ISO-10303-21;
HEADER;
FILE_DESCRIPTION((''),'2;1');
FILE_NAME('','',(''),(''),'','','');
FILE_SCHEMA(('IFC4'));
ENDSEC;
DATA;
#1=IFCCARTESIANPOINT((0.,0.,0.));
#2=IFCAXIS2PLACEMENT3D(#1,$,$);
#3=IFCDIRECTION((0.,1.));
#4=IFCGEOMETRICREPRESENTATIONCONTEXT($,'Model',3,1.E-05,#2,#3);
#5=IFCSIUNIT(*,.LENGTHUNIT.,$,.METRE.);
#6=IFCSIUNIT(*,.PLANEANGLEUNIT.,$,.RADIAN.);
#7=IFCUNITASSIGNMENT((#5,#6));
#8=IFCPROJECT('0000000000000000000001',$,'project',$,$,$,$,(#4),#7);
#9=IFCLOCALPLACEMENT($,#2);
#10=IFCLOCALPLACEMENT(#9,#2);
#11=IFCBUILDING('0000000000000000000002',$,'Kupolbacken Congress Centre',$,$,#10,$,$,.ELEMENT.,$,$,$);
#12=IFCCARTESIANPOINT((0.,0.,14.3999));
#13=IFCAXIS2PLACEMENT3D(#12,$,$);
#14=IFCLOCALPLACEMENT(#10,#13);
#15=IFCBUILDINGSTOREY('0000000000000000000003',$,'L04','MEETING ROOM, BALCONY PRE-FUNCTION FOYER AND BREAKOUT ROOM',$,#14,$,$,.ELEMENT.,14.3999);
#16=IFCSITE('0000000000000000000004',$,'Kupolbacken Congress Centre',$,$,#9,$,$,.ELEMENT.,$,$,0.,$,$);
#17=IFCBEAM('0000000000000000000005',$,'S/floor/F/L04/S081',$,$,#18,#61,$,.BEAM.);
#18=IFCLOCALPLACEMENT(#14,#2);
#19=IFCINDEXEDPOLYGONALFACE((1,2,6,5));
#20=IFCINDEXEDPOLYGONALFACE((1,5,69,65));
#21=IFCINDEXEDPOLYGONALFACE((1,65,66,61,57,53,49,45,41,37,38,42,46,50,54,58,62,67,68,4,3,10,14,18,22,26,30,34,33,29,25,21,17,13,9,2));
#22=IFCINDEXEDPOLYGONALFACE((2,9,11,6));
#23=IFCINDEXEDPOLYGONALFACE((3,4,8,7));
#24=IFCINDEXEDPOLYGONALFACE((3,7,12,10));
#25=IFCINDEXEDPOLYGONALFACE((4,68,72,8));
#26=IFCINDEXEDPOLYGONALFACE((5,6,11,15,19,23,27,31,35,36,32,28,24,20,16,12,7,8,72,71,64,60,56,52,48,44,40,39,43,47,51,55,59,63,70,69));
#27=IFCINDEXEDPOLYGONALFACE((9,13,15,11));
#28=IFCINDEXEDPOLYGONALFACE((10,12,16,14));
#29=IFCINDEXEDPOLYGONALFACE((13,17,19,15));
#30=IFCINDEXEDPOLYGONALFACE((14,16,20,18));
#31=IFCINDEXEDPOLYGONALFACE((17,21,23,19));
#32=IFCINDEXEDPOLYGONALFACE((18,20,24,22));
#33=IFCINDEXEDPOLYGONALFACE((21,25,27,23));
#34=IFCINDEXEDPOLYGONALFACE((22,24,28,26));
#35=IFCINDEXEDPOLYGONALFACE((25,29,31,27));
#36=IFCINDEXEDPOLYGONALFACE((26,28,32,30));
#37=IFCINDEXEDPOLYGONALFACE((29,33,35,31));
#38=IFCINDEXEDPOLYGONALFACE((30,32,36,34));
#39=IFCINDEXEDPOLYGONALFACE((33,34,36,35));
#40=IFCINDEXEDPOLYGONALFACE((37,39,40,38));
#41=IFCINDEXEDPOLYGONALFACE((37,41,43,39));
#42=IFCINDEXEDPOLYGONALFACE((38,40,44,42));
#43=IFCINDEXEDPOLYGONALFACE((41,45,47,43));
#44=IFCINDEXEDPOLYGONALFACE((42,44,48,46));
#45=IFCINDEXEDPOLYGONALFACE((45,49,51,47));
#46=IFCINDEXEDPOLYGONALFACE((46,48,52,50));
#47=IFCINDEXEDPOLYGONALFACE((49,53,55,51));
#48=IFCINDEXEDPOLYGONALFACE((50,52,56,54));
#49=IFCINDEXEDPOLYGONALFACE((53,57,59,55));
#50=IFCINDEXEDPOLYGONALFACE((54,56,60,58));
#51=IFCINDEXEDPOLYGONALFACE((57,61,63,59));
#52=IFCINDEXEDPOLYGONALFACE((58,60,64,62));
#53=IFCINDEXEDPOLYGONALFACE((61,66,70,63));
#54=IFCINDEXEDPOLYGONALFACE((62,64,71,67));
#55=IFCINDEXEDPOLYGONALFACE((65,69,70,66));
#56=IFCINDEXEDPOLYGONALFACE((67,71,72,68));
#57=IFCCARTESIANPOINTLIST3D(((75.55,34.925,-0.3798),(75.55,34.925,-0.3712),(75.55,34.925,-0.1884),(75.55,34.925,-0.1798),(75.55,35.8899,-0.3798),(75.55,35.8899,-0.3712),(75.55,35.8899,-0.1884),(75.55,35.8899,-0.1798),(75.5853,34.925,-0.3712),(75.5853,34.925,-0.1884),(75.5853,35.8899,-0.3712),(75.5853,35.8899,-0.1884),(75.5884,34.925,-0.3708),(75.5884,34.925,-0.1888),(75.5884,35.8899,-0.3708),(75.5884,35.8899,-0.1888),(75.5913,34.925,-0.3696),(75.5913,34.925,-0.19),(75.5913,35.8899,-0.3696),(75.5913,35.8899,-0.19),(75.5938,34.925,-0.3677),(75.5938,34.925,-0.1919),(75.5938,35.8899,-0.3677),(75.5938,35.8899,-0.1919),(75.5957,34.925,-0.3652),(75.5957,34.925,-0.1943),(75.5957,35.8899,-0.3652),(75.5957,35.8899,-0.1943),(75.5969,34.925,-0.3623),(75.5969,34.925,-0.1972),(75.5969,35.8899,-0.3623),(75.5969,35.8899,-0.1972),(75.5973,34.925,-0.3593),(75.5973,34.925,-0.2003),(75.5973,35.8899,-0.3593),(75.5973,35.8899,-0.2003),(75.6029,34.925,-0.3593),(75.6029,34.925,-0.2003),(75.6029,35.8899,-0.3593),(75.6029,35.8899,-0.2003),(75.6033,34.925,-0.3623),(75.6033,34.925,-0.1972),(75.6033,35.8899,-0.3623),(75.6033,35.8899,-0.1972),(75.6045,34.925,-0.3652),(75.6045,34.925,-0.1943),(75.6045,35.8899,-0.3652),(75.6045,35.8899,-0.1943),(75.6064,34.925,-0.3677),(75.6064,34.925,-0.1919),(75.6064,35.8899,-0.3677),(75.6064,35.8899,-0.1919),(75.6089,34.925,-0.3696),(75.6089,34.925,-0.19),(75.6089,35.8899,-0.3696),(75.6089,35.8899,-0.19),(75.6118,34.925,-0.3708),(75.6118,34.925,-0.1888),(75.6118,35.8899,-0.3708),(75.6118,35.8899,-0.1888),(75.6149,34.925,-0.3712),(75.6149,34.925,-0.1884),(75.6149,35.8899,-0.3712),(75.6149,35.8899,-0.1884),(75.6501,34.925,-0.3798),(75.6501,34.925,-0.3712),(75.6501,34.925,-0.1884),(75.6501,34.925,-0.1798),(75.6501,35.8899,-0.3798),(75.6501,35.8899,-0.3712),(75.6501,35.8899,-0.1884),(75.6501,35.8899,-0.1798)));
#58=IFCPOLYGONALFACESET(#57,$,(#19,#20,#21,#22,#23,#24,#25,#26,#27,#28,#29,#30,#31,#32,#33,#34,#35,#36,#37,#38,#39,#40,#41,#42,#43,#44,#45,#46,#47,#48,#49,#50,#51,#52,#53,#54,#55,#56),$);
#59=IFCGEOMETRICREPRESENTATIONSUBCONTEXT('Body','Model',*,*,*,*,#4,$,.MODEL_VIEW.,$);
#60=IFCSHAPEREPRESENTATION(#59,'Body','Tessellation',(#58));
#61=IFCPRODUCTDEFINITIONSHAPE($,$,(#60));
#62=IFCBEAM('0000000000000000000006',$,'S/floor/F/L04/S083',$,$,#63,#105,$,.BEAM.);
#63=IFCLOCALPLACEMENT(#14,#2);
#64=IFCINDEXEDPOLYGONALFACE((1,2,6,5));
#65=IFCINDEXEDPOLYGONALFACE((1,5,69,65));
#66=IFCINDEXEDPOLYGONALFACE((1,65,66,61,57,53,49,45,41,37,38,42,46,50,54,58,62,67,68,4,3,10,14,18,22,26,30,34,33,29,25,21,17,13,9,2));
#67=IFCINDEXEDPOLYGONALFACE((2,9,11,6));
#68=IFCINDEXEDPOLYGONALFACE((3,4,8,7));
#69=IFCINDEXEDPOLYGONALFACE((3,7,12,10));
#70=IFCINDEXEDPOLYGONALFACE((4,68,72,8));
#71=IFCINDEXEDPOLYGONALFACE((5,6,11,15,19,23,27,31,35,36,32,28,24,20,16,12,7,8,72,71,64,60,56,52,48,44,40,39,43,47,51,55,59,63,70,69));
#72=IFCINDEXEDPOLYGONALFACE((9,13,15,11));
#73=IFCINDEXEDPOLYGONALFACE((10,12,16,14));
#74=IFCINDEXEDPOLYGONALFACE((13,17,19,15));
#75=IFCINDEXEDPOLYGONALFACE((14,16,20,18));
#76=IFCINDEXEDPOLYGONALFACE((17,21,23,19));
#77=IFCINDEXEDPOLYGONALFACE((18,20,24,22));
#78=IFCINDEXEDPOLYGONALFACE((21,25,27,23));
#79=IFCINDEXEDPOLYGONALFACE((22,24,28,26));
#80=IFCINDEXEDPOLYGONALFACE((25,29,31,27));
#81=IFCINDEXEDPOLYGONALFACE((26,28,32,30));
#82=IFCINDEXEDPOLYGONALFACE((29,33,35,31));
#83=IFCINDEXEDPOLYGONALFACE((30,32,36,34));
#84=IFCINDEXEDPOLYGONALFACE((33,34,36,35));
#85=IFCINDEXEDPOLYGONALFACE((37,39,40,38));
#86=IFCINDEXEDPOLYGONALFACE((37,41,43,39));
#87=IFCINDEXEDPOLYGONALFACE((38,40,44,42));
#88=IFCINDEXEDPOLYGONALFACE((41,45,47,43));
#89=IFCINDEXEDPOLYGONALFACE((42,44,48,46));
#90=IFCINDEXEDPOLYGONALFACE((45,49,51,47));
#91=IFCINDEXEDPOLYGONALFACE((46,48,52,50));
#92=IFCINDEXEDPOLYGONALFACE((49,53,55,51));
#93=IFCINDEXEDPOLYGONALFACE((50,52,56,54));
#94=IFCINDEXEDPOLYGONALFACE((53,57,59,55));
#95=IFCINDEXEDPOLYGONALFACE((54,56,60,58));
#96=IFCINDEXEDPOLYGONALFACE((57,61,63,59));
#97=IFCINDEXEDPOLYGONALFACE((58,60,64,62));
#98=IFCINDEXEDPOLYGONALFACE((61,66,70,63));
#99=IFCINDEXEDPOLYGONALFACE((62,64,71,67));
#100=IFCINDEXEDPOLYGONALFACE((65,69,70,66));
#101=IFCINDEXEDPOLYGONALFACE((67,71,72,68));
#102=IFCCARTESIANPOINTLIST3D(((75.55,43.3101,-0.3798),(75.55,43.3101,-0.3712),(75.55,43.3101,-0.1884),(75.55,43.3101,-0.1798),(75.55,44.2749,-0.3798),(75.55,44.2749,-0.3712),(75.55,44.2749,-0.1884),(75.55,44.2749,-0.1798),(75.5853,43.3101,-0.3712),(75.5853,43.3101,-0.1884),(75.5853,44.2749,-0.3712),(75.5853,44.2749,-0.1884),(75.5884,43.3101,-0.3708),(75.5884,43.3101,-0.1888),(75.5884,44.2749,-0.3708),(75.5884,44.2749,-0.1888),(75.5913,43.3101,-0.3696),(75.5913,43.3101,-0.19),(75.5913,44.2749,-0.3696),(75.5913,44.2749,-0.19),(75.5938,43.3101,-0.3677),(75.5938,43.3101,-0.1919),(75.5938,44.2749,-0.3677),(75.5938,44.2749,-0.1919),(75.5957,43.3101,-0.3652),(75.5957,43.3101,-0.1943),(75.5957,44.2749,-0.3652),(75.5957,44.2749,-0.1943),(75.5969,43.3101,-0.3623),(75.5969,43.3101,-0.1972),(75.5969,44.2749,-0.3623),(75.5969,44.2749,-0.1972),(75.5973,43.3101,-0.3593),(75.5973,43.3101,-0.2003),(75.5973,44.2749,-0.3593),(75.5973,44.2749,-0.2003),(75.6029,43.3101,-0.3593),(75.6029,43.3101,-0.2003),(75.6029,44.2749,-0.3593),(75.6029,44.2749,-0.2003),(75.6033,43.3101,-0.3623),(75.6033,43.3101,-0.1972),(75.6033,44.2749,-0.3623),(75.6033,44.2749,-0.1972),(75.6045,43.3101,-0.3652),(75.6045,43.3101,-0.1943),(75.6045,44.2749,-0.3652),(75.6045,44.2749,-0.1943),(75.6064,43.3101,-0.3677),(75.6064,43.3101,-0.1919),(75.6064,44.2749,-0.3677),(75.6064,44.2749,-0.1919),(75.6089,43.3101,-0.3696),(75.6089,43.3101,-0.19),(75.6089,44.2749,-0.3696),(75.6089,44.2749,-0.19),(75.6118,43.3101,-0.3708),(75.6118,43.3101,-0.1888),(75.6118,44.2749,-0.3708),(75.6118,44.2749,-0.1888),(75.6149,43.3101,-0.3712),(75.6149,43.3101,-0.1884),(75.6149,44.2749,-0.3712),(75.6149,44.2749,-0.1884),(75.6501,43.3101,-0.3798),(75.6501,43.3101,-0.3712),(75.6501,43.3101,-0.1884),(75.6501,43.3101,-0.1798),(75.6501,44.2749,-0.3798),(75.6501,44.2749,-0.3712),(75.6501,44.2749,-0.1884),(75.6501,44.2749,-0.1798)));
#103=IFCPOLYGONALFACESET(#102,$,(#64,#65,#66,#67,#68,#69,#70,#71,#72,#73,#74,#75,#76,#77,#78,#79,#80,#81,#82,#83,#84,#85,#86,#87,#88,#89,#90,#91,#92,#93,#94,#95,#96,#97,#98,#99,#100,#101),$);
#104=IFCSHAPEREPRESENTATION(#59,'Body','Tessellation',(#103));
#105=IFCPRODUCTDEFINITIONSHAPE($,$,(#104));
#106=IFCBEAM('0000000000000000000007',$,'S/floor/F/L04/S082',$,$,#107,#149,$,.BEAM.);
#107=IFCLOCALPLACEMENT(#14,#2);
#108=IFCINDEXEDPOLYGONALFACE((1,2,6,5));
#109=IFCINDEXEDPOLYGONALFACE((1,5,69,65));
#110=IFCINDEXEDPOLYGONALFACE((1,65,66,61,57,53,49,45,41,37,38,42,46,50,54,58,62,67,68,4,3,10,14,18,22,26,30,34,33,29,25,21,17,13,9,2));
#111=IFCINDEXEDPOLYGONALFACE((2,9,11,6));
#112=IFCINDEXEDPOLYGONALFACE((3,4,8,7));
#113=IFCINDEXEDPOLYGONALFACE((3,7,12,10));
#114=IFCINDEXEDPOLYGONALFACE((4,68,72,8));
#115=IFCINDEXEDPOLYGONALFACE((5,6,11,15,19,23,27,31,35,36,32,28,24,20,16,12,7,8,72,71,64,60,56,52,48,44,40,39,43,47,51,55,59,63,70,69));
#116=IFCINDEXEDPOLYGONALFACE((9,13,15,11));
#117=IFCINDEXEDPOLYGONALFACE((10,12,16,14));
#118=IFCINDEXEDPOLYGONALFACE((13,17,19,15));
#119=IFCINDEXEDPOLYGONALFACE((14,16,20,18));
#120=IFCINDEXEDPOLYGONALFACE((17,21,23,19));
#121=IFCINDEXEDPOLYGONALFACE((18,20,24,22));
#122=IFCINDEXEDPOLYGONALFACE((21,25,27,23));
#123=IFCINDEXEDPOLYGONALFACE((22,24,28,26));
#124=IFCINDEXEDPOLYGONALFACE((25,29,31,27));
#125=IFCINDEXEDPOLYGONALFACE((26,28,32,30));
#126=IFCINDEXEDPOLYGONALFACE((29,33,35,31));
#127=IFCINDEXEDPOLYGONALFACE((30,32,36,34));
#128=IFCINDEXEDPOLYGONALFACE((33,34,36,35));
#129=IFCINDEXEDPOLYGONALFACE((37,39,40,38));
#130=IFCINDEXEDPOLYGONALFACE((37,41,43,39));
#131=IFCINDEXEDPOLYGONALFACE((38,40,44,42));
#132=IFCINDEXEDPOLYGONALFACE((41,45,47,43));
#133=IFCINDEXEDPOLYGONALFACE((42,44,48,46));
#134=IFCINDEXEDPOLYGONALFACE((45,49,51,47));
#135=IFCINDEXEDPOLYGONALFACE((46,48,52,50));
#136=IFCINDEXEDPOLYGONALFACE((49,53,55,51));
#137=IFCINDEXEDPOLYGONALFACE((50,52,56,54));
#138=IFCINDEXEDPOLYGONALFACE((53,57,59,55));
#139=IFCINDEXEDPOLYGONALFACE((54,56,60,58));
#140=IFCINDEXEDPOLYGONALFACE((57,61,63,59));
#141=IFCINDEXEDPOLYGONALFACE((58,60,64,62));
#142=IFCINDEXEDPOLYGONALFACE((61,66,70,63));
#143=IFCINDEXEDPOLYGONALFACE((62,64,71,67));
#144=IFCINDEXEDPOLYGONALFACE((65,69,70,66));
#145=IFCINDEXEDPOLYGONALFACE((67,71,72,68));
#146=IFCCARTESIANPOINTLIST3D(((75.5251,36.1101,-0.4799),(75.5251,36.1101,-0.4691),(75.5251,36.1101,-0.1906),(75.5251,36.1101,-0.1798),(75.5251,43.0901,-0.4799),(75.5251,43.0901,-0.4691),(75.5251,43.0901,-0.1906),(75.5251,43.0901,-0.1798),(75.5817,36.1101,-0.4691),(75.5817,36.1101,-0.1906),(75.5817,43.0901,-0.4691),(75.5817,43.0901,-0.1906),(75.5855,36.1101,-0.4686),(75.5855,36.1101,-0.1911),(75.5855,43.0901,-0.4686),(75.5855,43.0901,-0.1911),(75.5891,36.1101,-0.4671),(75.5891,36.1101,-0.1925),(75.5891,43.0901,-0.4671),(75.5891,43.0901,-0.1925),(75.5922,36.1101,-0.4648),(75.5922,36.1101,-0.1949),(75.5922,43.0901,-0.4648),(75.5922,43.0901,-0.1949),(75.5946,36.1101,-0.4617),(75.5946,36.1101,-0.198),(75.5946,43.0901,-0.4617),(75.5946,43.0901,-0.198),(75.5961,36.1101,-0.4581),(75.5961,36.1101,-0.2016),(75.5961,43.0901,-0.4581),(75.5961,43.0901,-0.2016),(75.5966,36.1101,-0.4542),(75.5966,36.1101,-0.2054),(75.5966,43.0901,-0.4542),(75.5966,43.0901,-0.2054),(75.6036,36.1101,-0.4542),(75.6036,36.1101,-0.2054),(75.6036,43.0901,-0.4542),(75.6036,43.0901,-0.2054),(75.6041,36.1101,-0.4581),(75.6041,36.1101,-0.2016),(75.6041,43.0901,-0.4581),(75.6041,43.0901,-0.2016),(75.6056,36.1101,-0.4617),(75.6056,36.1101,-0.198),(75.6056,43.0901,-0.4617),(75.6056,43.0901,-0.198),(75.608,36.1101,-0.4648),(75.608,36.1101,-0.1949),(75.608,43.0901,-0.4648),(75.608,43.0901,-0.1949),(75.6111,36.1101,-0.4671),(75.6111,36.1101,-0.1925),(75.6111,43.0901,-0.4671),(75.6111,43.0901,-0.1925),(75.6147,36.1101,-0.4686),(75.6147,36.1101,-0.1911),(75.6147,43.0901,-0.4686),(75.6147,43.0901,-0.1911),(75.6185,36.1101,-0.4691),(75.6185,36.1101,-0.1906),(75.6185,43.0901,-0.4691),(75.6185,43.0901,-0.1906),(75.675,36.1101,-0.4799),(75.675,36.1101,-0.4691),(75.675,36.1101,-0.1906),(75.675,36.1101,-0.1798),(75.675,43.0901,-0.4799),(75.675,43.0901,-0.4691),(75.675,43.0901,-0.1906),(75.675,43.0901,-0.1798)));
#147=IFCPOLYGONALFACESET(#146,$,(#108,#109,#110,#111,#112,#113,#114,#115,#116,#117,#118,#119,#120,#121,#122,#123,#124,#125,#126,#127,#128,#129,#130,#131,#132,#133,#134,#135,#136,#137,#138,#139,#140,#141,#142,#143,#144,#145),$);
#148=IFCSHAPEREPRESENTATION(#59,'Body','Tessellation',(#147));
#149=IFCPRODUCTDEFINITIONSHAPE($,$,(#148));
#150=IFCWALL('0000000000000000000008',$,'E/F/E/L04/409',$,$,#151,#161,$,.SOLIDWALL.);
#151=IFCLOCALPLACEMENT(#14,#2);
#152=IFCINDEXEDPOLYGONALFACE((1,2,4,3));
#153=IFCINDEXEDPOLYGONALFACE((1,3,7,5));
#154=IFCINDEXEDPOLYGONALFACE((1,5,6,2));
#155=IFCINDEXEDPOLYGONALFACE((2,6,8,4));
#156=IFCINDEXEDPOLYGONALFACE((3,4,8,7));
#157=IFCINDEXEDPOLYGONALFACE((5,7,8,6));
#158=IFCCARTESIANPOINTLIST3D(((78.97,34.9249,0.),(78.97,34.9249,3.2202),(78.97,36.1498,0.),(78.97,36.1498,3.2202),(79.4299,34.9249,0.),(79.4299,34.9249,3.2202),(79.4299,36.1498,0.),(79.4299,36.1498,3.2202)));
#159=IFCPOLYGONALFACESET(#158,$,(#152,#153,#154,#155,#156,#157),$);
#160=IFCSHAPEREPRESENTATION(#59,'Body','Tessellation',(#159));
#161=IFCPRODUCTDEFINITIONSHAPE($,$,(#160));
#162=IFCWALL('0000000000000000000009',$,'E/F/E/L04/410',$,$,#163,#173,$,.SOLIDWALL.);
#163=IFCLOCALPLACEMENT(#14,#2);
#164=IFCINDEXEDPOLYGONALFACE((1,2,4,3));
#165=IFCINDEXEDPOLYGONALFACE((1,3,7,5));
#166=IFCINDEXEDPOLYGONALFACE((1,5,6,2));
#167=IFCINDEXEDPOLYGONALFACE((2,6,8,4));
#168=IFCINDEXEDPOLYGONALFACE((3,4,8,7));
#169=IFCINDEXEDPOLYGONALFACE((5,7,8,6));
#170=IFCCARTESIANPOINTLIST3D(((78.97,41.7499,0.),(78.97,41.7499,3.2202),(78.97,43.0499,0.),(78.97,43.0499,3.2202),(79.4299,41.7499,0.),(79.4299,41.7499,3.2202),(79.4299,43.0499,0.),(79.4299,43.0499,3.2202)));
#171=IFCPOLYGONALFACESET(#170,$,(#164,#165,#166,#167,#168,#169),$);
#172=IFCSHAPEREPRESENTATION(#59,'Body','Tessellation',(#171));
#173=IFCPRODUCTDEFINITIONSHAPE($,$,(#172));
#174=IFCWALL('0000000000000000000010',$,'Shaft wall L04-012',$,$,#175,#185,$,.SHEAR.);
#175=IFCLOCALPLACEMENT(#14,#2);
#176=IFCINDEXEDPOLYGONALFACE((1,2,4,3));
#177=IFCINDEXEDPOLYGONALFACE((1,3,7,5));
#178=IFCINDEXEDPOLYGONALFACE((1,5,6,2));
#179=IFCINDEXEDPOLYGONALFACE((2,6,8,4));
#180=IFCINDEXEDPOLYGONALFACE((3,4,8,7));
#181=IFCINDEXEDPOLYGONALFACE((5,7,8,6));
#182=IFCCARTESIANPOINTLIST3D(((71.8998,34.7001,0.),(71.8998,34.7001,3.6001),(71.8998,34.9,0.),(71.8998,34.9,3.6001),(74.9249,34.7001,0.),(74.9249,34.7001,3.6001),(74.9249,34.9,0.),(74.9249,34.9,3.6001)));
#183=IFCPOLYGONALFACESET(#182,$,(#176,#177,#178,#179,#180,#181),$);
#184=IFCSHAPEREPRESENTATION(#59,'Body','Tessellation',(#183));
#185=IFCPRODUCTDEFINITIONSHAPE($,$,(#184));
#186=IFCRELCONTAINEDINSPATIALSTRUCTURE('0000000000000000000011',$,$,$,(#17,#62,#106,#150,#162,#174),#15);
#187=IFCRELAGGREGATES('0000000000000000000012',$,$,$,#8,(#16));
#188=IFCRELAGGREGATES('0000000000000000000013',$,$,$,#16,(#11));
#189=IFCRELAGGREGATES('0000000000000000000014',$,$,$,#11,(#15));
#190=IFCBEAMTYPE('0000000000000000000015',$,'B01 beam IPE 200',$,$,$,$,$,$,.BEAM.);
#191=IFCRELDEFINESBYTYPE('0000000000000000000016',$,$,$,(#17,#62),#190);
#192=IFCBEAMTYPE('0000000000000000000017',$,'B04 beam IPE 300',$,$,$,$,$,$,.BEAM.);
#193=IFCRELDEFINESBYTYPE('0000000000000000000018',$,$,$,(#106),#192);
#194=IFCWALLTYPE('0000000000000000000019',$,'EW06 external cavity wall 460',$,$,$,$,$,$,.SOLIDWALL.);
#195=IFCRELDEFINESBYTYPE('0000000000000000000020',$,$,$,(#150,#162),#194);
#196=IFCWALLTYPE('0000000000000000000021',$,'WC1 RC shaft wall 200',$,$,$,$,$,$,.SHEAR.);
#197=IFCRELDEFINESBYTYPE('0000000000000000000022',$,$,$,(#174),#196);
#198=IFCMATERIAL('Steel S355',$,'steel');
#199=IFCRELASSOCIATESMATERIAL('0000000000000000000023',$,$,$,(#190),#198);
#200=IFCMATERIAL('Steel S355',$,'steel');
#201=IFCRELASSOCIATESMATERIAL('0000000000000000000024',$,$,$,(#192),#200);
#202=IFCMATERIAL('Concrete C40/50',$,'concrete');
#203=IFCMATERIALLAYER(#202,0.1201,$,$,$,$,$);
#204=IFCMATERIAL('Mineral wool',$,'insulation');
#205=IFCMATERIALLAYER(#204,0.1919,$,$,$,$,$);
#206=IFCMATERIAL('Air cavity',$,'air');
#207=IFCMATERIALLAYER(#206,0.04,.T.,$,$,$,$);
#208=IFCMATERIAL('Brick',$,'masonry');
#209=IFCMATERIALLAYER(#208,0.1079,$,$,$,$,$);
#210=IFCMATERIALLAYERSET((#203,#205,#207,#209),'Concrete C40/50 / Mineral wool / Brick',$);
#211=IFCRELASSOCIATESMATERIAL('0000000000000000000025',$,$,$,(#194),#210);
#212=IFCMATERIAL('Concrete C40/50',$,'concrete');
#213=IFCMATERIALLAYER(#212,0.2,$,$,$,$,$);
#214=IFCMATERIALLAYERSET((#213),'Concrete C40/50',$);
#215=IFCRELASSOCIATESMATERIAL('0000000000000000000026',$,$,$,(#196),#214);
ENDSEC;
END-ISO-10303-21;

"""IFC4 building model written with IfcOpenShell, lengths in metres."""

from ifc_helpers import new_model, si_unit, direction, frame, frame_2d, origin, origin_2d, place, context, subcontext, project, spatial, rectangle, i_section, extrude, material, layer, layer_set, material_profile, profile_set, type_object, element, save


model = new_model("IFC4")

# Units and contexts
model_context = context("Model", 3, precision=1e-05, world=origin(), true_north=direction((0.0, 1.0)))
body_context = subcontext(model_context, "Body", "Model", "MODEL_VIEW")
ifc_project = project(units=[si_unit("LENGTHUNIT", "METRE"), si_unit("PLANEANGLEUNIT", "RADIAN")], contexts=[model_context])

# Site, building, storey
site_placement = place(None, origin())
site = spatial("IfcSite", under=ifc_project, at=site_placement, Name="Kupolbacken Congress Centre", CompositionType="ELEMENT", RefElevation=0.0)
building_placement = place(site_placement, origin())
building = spatial("IfcBuilding", under=site, at=building_placement, Name="Kupolbacken Congress Centre", CompositionType="ELEMENT")
storey_placement = place(building_placement, frame((0.0, 0.0, 14.3999)))
storey = spatial("IfcBuildingStorey", under=building, at=storey_placement, Name="L04", Description="MEETING ROOM, BALCONY PRE-FUNCTION FOYER AND BREAKOUT ROOM", CompositionType="ELEMENT", Elevation=14.3999)

# Beams
ifc_material_1 = material(Name="Steel S355", Category="steel")
ifc_material_profile_1 = material_profile(ifc_material_1, i_section(OverallWidth=0.1001, OverallDepth=0.2, WebThickness=0.0056, FlangeThickness=0.0085, FilletRadius=0.012, at=origin_2d()), Name="IPE 200")
ifc_profile_set_1 = profile_set([ifc_material_profile_1], Name="Steel S355")
beam_type_1 = type_object("IfcBeamType", Name="B01 beam IPE 200", PredefinedType="BEAM", material=ifc_profile_set_1)
for number, where, z_axis, x_axis, name in (
    (1, (75.6001, 34.925, -0.2798), (0.0, 1.0, 0.0), (-1.0, 0.0, 0.0), "S/floor/F/L04/S081"),
    (2, (75.6001, 43.3101, -0.2798), (0.0, 1.0, 0.0), (-1.0, 0.0, 0.0), "S/floor/F/L04/S083"),
):
    element("IfcBeam", number, at=place(storey_placement, frame(where, z_axis=z_axis, x_axis=x_axis)), inside=storey, type_object=beam_type_1, Name=name, PredefinedType="BEAM", context=body_context, shape_type="SweptSolid", body=[
        extrude(i_section(OverallWidth=0.1001, OverallDepth=0.2, WebThickness=0.0056, FlangeThickness=0.0085, FilletRadius=0.012, at=origin_2d()), origin(), (0.0, 0.0, 1.0), 0.9648),
    ])
ifc_material_2 = material(Name="Steel S355", Category="steel")
ifc_material_profile_2 = material_profile(ifc_material_2, i_section(OverallWidth=0.1499, OverallDepth=0.3, WebThickness=0.0071, FlangeThickness=0.0107, FilletRadius=0.0149, at=origin_2d()), Name="IPE 300")
ifc_profile_set_2 = profile_set([ifc_material_profile_2], Name="Steel S355")
beam_type_2 = type_object("IfcBeamType", Name="B04 beam IPE 300", PredefinedType="BEAM", material=ifc_profile_set_2)
beam_1_placement = place(storey_placement, frame((75.6001, 36.1101, -0.3298), z_axis=(0.0, 1.0, 0.0), x_axis=(-1.0, 0.0, 0.0)))
element("IfcBeam", 3, at=beam_1_placement, inside=storey, type_object=beam_type_2, Name="S/floor/F/L04/S082", PredefinedType="BEAM", context=body_context, shape_type="SweptSolid", body=[
    extrude(i_section(OverallWidth=0.1499, OverallDepth=0.3, WebThickness=0.0071, FlangeThickness=0.0107, FilletRadius=0.0149, at=origin_2d()), origin(), (0.0, 0.0, 1.0), 6.98),
])

# Walls
ifc_material_3 = material(Name="Concrete C40/50", Category="concrete")
ifc_layer_1 = layer(ifc_material_3, 0.1201)
ifc_material_4 = material(Name="Mineral wool", Category="insulation")
ifc_layer_2 = layer(ifc_material_4, 0.1919)
ifc_material_5 = material(Name="Air cavity", Category="air")
ifc_layer_3 = layer(ifc_material_5, 0.04, ventilated=True)
ifc_material_6 = material(Name="Brick", Category="masonry")
ifc_layer_4 = layer(ifc_material_6, 0.1079)
ifc_layer_set_1 = layer_set([ifc_layer_1, ifc_layer_2, ifc_layer_3, ifc_layer_4], Name="Concrete C40/50 / Mineral wool / Brick")
wall_type_1 = type_object("IfcWallType", Name="EW06 external cavity wall 460", PredefinedType="SOLIDWALL", material=ifc_layer_set_1)
wall_1_placement = place(storey_placement, frame((79.2, 34.925, 0.0), z_axis=(0.0, 0.0, 1.0), x_axis=(0.0, 1.0, 0.0)))
element("IfcWall", 4, at=wall_1_placement, inside=storey, type_object=wall_type_1, Name="E/F/E/L04/409", PredefinedType="SOLIDWALL", context=body_context, shape_type="SweptSolid", body=[
    extrude(rectangle(XDim=1.2249, YDim=0.46, at=frame_2d((0.6123, 0.0))), origin(), (0.0, 0.0, 1.0), 3.2202),
])
wall_2_placement = place(storey_placement, frame((79.2, 41.75, 0.0), z_axis=(0.0, 0.0, 1.0), x_axis=(0.0, 1.0, 0.0)))
element("IfcWall", 5, at=wall_2_placement, inside=storey, type_object=wall_type_1, Name="E/F/E/L04/410", PredefinedType="SOLIDWALL", context=body_context, shape_type="SweptSolid", body=[
    extrude(rectangle(XDim=1.3, YDim=0.46, at=frame_2d((0.6499, 0.0))), origin(), (0.0, 0.0, 1.0), 3.2202),
])
ifc_material_7 = material(Name="Concrete C40/50", Category="concrete")
ifc_layer_5 = layer(ifc_material_7, 0.2)
ifc_layer_set_2 = layer_set([ifc_layer_5], Name="Concrete C40/50")
wall_type_2 = type_object("IfcWallType", Name="WC1 RC shaft wall 200", PredefinedType="SHEAR", material=ifc_layer_set_2)
wall_3_placement = place(storey_placement, frame((74.925, 34.8, 0.0), z_axis=(0.0, 0.0, 1.0), x_axis=(-1.0, 0.0, 0.0)))
element("IfcWall", 6, at=wall_3_placement, inside=storey, type_object=wall_type_2, Name="Shaft wall L04-012", PredefinedType="SHEAR", context=body_context, shape_type="SweptSolid", body=[
    extrude(rectangle(XDim=3.0251, YDim=0.2, at=frame_2d((1.5127, 0.0))), origin(), (0.0, 0.0, 1.0), 3.6001),
])

save(model, "model.ifc")
